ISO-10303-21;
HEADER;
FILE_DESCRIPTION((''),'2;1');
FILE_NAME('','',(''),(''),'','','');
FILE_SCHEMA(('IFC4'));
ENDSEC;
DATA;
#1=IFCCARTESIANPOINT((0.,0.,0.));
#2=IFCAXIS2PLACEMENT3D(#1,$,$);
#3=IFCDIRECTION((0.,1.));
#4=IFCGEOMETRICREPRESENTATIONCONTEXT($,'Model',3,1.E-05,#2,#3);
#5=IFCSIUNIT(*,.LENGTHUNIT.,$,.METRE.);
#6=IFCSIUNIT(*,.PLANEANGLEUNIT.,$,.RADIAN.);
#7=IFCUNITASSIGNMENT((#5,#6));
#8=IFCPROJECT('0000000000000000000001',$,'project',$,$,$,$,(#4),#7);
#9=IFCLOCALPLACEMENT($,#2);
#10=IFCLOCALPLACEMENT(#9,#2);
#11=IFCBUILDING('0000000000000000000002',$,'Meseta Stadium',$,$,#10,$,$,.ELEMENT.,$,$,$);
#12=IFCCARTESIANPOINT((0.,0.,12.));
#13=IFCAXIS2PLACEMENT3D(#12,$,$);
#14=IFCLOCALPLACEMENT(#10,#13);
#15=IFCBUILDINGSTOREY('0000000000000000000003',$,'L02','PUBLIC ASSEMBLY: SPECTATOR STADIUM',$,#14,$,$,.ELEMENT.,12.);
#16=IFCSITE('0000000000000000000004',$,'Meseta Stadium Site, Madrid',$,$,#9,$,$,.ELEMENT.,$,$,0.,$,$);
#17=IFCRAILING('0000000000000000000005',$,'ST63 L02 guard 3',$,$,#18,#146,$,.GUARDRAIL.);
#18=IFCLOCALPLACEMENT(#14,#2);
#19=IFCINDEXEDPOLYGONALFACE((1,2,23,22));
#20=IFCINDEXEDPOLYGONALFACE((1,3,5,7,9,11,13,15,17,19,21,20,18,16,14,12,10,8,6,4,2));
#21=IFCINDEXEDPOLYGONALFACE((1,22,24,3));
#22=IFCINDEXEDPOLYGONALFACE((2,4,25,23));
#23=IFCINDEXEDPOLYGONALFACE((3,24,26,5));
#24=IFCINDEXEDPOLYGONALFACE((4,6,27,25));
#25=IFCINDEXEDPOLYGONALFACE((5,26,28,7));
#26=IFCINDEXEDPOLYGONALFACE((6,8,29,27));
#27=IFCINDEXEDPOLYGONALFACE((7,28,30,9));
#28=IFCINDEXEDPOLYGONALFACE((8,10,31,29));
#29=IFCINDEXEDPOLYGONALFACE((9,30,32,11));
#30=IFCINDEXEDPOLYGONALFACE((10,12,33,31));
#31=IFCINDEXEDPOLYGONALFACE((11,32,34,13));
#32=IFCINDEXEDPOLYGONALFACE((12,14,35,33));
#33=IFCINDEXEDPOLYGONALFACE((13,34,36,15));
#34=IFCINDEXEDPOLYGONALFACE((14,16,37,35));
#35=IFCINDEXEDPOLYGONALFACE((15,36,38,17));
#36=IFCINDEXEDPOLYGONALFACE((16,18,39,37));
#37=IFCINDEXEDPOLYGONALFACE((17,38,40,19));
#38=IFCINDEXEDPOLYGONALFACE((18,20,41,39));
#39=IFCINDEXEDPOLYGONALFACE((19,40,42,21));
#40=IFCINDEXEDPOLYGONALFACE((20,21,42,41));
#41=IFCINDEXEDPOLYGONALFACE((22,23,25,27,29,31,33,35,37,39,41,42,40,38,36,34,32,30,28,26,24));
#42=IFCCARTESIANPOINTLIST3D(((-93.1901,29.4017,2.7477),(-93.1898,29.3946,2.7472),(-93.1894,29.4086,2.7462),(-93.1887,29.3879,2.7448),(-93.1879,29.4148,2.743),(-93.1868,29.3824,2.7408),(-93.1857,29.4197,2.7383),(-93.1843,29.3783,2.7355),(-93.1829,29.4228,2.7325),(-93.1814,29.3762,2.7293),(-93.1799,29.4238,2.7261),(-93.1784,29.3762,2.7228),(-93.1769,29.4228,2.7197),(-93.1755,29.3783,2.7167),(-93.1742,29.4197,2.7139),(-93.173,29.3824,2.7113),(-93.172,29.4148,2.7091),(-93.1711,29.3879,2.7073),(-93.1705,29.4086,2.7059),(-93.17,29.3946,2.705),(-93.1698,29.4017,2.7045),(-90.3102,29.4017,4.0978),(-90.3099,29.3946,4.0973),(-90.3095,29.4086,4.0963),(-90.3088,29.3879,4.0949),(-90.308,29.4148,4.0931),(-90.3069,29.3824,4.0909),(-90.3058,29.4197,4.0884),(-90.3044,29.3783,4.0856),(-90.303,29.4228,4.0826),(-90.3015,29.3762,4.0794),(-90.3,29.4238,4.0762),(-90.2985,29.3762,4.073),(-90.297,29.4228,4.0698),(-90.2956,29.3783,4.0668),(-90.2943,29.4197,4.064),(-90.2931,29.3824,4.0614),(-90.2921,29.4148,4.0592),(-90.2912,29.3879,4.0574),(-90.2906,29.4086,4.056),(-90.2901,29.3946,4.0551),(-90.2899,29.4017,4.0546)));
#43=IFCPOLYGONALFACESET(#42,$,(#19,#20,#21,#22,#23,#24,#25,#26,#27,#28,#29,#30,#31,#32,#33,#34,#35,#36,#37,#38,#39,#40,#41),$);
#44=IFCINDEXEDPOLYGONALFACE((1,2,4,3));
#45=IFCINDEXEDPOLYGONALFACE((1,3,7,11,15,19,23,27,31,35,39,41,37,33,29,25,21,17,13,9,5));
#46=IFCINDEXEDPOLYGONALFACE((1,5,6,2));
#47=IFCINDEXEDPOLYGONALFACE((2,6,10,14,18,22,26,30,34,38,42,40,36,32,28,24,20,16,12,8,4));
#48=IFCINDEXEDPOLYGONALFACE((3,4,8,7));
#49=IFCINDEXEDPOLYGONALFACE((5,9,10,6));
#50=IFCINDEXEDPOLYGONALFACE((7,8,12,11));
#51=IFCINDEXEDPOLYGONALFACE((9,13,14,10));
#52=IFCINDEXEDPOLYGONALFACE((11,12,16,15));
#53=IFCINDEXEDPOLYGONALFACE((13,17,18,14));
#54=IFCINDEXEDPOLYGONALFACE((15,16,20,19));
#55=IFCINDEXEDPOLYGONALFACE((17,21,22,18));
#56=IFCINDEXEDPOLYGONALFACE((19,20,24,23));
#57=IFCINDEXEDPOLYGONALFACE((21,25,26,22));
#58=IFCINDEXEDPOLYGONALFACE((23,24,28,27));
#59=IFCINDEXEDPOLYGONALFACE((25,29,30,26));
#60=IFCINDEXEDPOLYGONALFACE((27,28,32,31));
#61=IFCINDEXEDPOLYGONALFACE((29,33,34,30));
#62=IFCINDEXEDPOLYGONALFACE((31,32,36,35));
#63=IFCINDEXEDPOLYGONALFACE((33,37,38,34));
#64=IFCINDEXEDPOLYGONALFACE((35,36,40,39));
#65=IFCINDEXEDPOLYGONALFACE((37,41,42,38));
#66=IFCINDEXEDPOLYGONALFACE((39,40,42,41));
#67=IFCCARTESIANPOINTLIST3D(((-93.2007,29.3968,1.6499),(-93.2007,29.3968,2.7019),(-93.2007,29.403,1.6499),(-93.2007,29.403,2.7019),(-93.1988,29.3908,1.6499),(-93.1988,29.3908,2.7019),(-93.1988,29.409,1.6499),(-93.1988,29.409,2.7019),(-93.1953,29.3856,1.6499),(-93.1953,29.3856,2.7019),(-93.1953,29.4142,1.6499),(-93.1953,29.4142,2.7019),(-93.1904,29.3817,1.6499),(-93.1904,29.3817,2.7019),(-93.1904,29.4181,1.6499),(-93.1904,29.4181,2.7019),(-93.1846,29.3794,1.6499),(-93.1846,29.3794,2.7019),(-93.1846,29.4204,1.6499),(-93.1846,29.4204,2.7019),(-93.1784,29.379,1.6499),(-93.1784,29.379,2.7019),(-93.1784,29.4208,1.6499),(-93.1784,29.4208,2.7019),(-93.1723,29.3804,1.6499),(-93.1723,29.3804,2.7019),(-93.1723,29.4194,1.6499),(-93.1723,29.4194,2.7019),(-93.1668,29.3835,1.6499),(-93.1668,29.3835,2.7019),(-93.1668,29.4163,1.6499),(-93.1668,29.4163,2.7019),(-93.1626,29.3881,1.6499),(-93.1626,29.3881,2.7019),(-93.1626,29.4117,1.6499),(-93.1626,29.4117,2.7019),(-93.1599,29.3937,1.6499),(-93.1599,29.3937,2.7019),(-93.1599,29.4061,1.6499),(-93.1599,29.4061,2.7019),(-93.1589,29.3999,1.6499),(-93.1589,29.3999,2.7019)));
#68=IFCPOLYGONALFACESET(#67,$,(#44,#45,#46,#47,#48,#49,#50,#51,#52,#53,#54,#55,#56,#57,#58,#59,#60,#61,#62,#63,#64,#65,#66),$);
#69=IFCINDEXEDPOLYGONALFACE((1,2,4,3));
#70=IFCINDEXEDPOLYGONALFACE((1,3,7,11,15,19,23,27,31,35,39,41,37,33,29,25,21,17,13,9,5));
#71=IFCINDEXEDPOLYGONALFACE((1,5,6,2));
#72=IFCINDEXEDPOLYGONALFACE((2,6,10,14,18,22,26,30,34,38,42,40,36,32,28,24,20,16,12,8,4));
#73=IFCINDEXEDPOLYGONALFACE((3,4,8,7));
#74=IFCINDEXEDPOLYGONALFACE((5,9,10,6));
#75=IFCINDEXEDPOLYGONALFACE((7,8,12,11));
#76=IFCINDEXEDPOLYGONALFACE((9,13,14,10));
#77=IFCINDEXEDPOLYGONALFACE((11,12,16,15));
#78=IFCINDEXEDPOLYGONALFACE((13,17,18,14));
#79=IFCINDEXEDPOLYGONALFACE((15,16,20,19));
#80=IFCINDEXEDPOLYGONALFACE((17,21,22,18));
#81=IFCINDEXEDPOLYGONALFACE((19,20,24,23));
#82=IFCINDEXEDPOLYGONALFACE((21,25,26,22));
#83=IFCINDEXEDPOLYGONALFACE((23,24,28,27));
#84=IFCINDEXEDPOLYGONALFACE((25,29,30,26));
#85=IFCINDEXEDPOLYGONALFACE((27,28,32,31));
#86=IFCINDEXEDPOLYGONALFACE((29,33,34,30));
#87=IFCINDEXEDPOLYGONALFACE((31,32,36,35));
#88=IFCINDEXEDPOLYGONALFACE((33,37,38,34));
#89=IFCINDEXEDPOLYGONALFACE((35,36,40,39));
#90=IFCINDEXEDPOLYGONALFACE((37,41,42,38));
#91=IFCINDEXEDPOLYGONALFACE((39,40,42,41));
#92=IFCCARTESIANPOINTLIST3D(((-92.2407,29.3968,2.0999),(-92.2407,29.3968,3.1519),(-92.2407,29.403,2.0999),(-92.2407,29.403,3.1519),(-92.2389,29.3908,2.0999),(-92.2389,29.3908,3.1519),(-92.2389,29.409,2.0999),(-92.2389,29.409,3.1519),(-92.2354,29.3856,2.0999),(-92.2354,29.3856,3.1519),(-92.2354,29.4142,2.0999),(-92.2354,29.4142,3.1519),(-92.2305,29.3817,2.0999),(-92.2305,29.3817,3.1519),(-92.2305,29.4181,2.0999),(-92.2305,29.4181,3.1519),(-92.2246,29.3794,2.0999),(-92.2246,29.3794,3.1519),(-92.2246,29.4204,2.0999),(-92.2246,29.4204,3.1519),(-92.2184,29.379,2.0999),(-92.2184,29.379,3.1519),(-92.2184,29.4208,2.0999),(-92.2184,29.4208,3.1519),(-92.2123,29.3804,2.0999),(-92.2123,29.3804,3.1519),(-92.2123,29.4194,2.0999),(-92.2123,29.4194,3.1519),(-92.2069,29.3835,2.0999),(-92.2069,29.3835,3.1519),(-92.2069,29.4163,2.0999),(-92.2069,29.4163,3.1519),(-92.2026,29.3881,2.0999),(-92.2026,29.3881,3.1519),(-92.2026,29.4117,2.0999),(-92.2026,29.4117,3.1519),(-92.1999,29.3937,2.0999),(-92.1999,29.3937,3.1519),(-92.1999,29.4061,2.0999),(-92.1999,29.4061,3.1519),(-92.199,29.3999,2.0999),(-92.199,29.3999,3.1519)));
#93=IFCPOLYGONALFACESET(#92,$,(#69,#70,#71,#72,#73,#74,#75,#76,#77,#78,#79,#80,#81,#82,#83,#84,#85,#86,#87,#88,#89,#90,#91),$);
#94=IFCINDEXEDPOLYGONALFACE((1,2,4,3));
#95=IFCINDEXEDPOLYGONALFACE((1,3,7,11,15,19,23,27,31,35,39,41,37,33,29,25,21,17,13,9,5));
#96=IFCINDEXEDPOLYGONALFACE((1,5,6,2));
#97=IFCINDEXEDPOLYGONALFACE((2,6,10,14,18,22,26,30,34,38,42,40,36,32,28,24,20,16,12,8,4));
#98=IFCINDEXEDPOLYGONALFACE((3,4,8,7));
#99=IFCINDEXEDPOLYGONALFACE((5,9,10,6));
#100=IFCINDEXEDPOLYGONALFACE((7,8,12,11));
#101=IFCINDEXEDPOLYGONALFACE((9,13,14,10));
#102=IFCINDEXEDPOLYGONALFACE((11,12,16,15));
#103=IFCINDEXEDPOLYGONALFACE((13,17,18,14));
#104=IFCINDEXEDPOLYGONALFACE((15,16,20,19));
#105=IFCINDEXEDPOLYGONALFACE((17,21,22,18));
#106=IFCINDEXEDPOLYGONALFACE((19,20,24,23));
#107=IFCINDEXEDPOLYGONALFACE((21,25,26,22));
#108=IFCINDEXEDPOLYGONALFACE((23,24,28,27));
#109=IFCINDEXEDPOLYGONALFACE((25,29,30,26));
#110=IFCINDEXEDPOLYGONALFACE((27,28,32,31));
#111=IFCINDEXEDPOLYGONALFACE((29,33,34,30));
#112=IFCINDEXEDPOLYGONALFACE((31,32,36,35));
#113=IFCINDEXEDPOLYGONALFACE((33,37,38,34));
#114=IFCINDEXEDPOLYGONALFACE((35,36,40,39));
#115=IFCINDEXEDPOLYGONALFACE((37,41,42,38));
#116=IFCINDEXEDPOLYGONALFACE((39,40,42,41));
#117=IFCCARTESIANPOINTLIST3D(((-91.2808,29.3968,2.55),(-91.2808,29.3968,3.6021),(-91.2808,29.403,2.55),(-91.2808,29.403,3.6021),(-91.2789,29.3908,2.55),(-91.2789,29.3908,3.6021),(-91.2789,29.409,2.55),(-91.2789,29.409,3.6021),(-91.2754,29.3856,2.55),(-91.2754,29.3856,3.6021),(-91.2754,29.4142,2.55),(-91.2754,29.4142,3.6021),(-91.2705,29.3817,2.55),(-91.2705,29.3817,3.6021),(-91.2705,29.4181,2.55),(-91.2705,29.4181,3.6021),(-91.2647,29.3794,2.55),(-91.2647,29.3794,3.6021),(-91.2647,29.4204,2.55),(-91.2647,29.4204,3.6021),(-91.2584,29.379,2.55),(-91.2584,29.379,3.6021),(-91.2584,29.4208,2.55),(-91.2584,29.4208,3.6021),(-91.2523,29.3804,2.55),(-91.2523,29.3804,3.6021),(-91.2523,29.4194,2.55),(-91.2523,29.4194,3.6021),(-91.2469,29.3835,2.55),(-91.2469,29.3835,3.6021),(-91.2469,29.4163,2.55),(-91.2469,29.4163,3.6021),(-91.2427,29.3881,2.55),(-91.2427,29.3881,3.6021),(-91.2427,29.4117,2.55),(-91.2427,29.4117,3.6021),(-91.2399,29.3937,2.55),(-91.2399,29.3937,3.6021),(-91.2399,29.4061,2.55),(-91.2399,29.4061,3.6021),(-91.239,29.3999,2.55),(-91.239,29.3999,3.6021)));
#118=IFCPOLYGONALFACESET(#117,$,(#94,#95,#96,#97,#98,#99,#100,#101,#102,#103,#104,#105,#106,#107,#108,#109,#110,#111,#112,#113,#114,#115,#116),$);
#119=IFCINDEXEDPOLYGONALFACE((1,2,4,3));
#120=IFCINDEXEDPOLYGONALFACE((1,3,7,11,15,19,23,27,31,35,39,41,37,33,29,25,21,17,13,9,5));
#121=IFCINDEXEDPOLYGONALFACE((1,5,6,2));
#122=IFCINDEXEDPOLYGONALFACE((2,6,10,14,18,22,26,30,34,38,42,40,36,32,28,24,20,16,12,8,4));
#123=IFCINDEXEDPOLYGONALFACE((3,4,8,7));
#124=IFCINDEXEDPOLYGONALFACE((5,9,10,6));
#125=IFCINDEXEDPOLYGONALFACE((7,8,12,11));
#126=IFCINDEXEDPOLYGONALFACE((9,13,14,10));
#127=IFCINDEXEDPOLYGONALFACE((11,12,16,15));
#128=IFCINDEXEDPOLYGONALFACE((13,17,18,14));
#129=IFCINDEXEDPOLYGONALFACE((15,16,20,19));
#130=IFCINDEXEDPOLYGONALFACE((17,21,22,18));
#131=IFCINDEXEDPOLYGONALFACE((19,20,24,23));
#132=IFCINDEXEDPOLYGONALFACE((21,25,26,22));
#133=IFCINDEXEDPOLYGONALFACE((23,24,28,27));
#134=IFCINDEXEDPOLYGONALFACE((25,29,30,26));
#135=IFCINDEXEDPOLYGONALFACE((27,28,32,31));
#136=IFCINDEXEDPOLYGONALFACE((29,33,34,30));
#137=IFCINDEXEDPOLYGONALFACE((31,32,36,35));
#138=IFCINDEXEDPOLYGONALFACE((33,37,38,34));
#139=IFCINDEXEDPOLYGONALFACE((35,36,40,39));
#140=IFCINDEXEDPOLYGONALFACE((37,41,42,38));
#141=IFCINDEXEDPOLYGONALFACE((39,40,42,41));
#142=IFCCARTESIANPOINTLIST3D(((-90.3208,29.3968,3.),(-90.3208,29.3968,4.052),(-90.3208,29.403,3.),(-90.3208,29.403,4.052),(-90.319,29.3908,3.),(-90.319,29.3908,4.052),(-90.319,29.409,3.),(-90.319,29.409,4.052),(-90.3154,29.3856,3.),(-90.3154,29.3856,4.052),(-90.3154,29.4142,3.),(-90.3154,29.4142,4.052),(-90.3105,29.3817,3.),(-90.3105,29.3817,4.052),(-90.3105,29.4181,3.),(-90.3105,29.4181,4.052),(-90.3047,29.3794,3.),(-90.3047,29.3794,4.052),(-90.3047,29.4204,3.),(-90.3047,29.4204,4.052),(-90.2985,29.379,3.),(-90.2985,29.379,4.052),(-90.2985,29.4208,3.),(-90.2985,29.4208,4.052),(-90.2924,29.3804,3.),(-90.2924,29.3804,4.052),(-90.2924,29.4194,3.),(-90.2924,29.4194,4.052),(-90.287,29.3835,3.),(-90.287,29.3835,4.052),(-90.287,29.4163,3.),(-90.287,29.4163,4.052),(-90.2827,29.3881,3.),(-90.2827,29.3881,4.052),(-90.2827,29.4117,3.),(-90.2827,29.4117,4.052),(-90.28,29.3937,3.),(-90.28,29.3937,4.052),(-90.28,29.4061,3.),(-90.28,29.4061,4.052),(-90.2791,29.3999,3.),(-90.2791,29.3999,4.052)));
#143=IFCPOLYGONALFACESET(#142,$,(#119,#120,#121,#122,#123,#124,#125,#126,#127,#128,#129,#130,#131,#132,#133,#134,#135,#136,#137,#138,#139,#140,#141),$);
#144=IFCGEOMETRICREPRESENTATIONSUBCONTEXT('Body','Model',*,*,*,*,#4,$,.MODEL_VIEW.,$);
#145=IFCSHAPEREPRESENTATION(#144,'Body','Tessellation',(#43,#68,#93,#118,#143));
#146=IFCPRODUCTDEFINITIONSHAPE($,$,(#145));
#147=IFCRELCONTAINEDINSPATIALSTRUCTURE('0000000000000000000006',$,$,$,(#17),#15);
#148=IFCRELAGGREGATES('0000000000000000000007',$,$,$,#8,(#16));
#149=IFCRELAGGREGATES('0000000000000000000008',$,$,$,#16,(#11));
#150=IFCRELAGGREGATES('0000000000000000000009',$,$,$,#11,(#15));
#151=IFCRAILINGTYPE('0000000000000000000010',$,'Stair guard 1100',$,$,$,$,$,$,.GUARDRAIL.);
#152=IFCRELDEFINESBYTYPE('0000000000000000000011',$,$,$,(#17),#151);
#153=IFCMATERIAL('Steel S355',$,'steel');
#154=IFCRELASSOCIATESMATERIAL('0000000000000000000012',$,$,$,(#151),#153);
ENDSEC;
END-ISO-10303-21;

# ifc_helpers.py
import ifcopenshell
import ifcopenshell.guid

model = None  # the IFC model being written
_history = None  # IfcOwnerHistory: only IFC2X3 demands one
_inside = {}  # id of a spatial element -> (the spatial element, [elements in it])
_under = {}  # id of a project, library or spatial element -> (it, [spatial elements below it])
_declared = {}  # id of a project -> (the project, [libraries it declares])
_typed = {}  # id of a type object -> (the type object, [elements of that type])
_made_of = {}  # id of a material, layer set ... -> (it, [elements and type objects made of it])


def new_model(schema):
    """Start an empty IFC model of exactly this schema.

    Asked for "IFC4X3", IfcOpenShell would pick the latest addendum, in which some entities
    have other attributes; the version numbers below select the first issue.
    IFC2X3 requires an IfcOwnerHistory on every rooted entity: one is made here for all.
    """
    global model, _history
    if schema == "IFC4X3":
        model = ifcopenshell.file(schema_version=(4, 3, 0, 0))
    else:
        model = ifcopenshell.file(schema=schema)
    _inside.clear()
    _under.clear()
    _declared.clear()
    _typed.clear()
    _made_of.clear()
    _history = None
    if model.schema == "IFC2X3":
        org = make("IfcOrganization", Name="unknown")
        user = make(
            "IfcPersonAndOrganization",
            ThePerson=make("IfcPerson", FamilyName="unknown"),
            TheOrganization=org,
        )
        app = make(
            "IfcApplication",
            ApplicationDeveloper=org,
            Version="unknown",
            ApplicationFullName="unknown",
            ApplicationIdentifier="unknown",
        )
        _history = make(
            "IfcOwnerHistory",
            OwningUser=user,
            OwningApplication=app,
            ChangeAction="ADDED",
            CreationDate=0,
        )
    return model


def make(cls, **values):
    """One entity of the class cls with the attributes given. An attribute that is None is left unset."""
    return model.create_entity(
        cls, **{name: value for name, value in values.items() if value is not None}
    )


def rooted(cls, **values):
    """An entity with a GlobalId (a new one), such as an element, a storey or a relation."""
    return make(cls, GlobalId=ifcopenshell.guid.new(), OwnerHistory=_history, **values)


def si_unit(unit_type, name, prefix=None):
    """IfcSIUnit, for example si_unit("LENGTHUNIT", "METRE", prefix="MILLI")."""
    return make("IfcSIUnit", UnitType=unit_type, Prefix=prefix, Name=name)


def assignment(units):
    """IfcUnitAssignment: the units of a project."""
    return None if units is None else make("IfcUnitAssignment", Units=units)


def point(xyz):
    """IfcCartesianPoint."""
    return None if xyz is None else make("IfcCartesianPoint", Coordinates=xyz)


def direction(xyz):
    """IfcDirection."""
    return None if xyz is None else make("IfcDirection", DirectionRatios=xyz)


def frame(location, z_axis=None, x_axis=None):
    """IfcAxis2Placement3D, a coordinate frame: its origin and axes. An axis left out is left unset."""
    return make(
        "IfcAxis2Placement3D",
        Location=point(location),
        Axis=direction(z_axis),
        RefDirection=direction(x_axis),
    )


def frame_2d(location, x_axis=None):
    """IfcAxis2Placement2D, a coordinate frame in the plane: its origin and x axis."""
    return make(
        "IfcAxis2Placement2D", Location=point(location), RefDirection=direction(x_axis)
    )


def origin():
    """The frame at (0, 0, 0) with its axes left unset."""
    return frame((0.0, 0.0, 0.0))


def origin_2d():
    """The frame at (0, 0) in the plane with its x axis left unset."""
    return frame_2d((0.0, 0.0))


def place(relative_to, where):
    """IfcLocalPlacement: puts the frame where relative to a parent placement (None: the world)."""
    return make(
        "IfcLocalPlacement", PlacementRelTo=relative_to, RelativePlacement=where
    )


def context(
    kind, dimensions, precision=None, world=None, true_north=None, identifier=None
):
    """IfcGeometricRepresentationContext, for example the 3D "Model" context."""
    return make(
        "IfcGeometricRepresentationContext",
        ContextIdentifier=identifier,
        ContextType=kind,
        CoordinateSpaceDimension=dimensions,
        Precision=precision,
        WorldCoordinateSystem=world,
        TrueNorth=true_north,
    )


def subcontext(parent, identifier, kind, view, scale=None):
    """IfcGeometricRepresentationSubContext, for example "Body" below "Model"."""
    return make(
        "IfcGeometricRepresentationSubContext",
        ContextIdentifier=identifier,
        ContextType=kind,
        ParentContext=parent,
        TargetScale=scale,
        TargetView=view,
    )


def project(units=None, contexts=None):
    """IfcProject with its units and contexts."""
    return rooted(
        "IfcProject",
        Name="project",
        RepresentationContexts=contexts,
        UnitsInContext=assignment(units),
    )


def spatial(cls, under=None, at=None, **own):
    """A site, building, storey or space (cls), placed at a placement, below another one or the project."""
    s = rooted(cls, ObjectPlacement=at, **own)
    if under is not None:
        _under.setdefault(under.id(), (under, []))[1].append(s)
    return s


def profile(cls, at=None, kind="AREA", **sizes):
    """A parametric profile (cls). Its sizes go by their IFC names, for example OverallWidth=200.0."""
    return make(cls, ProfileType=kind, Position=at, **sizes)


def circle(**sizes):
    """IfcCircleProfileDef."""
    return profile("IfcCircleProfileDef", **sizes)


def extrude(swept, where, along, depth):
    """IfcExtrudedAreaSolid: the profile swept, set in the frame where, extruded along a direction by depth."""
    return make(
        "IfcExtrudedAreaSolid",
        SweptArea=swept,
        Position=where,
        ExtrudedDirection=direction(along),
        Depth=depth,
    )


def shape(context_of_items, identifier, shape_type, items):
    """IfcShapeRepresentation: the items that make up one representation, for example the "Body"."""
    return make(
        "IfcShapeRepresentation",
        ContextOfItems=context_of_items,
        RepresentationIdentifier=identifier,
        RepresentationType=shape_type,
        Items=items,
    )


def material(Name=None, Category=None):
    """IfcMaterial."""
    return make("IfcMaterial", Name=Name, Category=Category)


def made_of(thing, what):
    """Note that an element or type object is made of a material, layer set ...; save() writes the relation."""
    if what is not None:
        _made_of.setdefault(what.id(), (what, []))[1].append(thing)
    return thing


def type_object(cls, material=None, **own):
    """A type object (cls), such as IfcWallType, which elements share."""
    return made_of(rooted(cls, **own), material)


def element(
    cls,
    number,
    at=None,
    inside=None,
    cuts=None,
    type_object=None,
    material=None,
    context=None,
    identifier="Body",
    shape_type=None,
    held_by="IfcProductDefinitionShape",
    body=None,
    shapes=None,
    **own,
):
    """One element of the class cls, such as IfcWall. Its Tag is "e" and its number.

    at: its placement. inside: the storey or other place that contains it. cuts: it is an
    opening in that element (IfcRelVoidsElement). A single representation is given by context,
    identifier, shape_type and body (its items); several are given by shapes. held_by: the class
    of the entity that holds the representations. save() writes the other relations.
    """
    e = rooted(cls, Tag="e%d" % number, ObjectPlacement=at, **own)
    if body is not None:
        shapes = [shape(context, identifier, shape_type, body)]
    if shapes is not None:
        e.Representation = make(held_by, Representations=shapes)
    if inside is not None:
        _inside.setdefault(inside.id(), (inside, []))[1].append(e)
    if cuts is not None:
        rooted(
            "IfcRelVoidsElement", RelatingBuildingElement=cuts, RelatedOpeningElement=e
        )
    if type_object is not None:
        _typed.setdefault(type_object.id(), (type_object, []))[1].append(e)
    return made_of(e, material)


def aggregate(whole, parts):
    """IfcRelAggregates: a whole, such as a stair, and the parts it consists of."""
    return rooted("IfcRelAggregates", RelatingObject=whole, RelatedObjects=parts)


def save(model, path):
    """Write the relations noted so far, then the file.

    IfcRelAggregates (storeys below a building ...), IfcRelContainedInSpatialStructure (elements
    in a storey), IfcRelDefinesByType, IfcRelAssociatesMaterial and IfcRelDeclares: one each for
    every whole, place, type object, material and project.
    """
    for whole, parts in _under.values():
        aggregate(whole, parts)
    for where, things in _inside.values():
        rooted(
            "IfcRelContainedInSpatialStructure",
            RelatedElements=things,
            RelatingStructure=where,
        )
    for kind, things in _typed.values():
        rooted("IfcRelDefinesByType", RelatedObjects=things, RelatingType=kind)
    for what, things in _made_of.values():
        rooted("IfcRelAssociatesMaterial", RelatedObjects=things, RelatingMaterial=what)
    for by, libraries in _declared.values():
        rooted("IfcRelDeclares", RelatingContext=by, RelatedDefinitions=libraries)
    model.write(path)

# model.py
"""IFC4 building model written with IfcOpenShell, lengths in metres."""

from ifc_helpers import new_model, si_unit, direction, frame, origin, origin_2d, place, context, subcontext, project, spatial, circle, extrude, material, type_object, element, save


model = new_model("IFC4")

# Units and contexts
model_context = context("Model", 3, precision=1e-05, world=origin(), true_north=direction((0.0, 1.0)))
body_context = subcontext(model_context, "Body", "Model", "MODEL_VIEW")
ifc_project = project(units=[si_unit("LENGTHUNIT", "METRE"), si_unit("PLANEANGLEUNIT", "RADIAN")], contexts=[model_context])

# Site, building, storey
site_placement = place(None, origin())
site = spatial("IfcSite", under=ifc_project, at=site_placement, Name="Meseta Stadium Site, Madrid", CompositionType="ELEMENT", RefElevation=0.0)
building_placement = place(site_placement, origin())
building = spatial("IfcBuilding", under=site, at=building_placement, Name="Meseta Stadium", CompositionType="ELEMENT")
storey_placement = place(building_placement, frame((0.0, 0.0, 12.0)))
storey = spatial("IfcBuildingStorey", under=building, at=storey_placement, Name="L02", Description="PUBLIC ASSEMBLY: SPECTATOR STADIUM", CompositionType="ELEMENT", Elevation=12.0)

# Railing
ifc_material_1 = material(Name="Steel S355", Category="steel")
railing_type_1 = type_object("IfcRailingType", Name="Stair guard 1100", PredefinedType="GUARDRAIL", material=ifc_material_1)
railing_1_placement = place(storey_placement, frame((-93.1799, 29.3999, 1.6499)))
element("IfcRailing", 1, at=railing_1_placement, inside=storey, type_object=railing_type_1, Name="ST63 L02 guard 3", PredefinedType="GUARDRAIL", context=body_context, shape_type="SweptSolid", body=[
    extrude(circle(Radius=0.0239, at=origin_2d()), frame((0.0, 0.0, 1.0762), z_axis=(0.90544, 0.0, 0.424473), x_axis=(0.0, 1.0, 0.0)), (0.0, 0.0, 1.0), 3.1807),
    extrude(circle(Radius=0.021, at=origin_2d()), origin(), (0.0, 0.0, 1.0), 1.052),
    extrude(circle(Radius=0.021, at=origin_2d()), frame((0.96, 0.0, 0.45)), (0.0, 0.0, 1.0), 1.052),
    extrude(circle(Radius=0.021, at=origin_2d()), frame((1.9199, 0.0, 0.9001)), (0.0, 0.0, 1.0), 1.052),
    extrude(circle(Radius=0.021, at=origin_2d()), frame((2.8799, 0.0, 1.3501)), (0.0, 0.0, 1.0), 1.052),
])

save(model, "model.ifc")
